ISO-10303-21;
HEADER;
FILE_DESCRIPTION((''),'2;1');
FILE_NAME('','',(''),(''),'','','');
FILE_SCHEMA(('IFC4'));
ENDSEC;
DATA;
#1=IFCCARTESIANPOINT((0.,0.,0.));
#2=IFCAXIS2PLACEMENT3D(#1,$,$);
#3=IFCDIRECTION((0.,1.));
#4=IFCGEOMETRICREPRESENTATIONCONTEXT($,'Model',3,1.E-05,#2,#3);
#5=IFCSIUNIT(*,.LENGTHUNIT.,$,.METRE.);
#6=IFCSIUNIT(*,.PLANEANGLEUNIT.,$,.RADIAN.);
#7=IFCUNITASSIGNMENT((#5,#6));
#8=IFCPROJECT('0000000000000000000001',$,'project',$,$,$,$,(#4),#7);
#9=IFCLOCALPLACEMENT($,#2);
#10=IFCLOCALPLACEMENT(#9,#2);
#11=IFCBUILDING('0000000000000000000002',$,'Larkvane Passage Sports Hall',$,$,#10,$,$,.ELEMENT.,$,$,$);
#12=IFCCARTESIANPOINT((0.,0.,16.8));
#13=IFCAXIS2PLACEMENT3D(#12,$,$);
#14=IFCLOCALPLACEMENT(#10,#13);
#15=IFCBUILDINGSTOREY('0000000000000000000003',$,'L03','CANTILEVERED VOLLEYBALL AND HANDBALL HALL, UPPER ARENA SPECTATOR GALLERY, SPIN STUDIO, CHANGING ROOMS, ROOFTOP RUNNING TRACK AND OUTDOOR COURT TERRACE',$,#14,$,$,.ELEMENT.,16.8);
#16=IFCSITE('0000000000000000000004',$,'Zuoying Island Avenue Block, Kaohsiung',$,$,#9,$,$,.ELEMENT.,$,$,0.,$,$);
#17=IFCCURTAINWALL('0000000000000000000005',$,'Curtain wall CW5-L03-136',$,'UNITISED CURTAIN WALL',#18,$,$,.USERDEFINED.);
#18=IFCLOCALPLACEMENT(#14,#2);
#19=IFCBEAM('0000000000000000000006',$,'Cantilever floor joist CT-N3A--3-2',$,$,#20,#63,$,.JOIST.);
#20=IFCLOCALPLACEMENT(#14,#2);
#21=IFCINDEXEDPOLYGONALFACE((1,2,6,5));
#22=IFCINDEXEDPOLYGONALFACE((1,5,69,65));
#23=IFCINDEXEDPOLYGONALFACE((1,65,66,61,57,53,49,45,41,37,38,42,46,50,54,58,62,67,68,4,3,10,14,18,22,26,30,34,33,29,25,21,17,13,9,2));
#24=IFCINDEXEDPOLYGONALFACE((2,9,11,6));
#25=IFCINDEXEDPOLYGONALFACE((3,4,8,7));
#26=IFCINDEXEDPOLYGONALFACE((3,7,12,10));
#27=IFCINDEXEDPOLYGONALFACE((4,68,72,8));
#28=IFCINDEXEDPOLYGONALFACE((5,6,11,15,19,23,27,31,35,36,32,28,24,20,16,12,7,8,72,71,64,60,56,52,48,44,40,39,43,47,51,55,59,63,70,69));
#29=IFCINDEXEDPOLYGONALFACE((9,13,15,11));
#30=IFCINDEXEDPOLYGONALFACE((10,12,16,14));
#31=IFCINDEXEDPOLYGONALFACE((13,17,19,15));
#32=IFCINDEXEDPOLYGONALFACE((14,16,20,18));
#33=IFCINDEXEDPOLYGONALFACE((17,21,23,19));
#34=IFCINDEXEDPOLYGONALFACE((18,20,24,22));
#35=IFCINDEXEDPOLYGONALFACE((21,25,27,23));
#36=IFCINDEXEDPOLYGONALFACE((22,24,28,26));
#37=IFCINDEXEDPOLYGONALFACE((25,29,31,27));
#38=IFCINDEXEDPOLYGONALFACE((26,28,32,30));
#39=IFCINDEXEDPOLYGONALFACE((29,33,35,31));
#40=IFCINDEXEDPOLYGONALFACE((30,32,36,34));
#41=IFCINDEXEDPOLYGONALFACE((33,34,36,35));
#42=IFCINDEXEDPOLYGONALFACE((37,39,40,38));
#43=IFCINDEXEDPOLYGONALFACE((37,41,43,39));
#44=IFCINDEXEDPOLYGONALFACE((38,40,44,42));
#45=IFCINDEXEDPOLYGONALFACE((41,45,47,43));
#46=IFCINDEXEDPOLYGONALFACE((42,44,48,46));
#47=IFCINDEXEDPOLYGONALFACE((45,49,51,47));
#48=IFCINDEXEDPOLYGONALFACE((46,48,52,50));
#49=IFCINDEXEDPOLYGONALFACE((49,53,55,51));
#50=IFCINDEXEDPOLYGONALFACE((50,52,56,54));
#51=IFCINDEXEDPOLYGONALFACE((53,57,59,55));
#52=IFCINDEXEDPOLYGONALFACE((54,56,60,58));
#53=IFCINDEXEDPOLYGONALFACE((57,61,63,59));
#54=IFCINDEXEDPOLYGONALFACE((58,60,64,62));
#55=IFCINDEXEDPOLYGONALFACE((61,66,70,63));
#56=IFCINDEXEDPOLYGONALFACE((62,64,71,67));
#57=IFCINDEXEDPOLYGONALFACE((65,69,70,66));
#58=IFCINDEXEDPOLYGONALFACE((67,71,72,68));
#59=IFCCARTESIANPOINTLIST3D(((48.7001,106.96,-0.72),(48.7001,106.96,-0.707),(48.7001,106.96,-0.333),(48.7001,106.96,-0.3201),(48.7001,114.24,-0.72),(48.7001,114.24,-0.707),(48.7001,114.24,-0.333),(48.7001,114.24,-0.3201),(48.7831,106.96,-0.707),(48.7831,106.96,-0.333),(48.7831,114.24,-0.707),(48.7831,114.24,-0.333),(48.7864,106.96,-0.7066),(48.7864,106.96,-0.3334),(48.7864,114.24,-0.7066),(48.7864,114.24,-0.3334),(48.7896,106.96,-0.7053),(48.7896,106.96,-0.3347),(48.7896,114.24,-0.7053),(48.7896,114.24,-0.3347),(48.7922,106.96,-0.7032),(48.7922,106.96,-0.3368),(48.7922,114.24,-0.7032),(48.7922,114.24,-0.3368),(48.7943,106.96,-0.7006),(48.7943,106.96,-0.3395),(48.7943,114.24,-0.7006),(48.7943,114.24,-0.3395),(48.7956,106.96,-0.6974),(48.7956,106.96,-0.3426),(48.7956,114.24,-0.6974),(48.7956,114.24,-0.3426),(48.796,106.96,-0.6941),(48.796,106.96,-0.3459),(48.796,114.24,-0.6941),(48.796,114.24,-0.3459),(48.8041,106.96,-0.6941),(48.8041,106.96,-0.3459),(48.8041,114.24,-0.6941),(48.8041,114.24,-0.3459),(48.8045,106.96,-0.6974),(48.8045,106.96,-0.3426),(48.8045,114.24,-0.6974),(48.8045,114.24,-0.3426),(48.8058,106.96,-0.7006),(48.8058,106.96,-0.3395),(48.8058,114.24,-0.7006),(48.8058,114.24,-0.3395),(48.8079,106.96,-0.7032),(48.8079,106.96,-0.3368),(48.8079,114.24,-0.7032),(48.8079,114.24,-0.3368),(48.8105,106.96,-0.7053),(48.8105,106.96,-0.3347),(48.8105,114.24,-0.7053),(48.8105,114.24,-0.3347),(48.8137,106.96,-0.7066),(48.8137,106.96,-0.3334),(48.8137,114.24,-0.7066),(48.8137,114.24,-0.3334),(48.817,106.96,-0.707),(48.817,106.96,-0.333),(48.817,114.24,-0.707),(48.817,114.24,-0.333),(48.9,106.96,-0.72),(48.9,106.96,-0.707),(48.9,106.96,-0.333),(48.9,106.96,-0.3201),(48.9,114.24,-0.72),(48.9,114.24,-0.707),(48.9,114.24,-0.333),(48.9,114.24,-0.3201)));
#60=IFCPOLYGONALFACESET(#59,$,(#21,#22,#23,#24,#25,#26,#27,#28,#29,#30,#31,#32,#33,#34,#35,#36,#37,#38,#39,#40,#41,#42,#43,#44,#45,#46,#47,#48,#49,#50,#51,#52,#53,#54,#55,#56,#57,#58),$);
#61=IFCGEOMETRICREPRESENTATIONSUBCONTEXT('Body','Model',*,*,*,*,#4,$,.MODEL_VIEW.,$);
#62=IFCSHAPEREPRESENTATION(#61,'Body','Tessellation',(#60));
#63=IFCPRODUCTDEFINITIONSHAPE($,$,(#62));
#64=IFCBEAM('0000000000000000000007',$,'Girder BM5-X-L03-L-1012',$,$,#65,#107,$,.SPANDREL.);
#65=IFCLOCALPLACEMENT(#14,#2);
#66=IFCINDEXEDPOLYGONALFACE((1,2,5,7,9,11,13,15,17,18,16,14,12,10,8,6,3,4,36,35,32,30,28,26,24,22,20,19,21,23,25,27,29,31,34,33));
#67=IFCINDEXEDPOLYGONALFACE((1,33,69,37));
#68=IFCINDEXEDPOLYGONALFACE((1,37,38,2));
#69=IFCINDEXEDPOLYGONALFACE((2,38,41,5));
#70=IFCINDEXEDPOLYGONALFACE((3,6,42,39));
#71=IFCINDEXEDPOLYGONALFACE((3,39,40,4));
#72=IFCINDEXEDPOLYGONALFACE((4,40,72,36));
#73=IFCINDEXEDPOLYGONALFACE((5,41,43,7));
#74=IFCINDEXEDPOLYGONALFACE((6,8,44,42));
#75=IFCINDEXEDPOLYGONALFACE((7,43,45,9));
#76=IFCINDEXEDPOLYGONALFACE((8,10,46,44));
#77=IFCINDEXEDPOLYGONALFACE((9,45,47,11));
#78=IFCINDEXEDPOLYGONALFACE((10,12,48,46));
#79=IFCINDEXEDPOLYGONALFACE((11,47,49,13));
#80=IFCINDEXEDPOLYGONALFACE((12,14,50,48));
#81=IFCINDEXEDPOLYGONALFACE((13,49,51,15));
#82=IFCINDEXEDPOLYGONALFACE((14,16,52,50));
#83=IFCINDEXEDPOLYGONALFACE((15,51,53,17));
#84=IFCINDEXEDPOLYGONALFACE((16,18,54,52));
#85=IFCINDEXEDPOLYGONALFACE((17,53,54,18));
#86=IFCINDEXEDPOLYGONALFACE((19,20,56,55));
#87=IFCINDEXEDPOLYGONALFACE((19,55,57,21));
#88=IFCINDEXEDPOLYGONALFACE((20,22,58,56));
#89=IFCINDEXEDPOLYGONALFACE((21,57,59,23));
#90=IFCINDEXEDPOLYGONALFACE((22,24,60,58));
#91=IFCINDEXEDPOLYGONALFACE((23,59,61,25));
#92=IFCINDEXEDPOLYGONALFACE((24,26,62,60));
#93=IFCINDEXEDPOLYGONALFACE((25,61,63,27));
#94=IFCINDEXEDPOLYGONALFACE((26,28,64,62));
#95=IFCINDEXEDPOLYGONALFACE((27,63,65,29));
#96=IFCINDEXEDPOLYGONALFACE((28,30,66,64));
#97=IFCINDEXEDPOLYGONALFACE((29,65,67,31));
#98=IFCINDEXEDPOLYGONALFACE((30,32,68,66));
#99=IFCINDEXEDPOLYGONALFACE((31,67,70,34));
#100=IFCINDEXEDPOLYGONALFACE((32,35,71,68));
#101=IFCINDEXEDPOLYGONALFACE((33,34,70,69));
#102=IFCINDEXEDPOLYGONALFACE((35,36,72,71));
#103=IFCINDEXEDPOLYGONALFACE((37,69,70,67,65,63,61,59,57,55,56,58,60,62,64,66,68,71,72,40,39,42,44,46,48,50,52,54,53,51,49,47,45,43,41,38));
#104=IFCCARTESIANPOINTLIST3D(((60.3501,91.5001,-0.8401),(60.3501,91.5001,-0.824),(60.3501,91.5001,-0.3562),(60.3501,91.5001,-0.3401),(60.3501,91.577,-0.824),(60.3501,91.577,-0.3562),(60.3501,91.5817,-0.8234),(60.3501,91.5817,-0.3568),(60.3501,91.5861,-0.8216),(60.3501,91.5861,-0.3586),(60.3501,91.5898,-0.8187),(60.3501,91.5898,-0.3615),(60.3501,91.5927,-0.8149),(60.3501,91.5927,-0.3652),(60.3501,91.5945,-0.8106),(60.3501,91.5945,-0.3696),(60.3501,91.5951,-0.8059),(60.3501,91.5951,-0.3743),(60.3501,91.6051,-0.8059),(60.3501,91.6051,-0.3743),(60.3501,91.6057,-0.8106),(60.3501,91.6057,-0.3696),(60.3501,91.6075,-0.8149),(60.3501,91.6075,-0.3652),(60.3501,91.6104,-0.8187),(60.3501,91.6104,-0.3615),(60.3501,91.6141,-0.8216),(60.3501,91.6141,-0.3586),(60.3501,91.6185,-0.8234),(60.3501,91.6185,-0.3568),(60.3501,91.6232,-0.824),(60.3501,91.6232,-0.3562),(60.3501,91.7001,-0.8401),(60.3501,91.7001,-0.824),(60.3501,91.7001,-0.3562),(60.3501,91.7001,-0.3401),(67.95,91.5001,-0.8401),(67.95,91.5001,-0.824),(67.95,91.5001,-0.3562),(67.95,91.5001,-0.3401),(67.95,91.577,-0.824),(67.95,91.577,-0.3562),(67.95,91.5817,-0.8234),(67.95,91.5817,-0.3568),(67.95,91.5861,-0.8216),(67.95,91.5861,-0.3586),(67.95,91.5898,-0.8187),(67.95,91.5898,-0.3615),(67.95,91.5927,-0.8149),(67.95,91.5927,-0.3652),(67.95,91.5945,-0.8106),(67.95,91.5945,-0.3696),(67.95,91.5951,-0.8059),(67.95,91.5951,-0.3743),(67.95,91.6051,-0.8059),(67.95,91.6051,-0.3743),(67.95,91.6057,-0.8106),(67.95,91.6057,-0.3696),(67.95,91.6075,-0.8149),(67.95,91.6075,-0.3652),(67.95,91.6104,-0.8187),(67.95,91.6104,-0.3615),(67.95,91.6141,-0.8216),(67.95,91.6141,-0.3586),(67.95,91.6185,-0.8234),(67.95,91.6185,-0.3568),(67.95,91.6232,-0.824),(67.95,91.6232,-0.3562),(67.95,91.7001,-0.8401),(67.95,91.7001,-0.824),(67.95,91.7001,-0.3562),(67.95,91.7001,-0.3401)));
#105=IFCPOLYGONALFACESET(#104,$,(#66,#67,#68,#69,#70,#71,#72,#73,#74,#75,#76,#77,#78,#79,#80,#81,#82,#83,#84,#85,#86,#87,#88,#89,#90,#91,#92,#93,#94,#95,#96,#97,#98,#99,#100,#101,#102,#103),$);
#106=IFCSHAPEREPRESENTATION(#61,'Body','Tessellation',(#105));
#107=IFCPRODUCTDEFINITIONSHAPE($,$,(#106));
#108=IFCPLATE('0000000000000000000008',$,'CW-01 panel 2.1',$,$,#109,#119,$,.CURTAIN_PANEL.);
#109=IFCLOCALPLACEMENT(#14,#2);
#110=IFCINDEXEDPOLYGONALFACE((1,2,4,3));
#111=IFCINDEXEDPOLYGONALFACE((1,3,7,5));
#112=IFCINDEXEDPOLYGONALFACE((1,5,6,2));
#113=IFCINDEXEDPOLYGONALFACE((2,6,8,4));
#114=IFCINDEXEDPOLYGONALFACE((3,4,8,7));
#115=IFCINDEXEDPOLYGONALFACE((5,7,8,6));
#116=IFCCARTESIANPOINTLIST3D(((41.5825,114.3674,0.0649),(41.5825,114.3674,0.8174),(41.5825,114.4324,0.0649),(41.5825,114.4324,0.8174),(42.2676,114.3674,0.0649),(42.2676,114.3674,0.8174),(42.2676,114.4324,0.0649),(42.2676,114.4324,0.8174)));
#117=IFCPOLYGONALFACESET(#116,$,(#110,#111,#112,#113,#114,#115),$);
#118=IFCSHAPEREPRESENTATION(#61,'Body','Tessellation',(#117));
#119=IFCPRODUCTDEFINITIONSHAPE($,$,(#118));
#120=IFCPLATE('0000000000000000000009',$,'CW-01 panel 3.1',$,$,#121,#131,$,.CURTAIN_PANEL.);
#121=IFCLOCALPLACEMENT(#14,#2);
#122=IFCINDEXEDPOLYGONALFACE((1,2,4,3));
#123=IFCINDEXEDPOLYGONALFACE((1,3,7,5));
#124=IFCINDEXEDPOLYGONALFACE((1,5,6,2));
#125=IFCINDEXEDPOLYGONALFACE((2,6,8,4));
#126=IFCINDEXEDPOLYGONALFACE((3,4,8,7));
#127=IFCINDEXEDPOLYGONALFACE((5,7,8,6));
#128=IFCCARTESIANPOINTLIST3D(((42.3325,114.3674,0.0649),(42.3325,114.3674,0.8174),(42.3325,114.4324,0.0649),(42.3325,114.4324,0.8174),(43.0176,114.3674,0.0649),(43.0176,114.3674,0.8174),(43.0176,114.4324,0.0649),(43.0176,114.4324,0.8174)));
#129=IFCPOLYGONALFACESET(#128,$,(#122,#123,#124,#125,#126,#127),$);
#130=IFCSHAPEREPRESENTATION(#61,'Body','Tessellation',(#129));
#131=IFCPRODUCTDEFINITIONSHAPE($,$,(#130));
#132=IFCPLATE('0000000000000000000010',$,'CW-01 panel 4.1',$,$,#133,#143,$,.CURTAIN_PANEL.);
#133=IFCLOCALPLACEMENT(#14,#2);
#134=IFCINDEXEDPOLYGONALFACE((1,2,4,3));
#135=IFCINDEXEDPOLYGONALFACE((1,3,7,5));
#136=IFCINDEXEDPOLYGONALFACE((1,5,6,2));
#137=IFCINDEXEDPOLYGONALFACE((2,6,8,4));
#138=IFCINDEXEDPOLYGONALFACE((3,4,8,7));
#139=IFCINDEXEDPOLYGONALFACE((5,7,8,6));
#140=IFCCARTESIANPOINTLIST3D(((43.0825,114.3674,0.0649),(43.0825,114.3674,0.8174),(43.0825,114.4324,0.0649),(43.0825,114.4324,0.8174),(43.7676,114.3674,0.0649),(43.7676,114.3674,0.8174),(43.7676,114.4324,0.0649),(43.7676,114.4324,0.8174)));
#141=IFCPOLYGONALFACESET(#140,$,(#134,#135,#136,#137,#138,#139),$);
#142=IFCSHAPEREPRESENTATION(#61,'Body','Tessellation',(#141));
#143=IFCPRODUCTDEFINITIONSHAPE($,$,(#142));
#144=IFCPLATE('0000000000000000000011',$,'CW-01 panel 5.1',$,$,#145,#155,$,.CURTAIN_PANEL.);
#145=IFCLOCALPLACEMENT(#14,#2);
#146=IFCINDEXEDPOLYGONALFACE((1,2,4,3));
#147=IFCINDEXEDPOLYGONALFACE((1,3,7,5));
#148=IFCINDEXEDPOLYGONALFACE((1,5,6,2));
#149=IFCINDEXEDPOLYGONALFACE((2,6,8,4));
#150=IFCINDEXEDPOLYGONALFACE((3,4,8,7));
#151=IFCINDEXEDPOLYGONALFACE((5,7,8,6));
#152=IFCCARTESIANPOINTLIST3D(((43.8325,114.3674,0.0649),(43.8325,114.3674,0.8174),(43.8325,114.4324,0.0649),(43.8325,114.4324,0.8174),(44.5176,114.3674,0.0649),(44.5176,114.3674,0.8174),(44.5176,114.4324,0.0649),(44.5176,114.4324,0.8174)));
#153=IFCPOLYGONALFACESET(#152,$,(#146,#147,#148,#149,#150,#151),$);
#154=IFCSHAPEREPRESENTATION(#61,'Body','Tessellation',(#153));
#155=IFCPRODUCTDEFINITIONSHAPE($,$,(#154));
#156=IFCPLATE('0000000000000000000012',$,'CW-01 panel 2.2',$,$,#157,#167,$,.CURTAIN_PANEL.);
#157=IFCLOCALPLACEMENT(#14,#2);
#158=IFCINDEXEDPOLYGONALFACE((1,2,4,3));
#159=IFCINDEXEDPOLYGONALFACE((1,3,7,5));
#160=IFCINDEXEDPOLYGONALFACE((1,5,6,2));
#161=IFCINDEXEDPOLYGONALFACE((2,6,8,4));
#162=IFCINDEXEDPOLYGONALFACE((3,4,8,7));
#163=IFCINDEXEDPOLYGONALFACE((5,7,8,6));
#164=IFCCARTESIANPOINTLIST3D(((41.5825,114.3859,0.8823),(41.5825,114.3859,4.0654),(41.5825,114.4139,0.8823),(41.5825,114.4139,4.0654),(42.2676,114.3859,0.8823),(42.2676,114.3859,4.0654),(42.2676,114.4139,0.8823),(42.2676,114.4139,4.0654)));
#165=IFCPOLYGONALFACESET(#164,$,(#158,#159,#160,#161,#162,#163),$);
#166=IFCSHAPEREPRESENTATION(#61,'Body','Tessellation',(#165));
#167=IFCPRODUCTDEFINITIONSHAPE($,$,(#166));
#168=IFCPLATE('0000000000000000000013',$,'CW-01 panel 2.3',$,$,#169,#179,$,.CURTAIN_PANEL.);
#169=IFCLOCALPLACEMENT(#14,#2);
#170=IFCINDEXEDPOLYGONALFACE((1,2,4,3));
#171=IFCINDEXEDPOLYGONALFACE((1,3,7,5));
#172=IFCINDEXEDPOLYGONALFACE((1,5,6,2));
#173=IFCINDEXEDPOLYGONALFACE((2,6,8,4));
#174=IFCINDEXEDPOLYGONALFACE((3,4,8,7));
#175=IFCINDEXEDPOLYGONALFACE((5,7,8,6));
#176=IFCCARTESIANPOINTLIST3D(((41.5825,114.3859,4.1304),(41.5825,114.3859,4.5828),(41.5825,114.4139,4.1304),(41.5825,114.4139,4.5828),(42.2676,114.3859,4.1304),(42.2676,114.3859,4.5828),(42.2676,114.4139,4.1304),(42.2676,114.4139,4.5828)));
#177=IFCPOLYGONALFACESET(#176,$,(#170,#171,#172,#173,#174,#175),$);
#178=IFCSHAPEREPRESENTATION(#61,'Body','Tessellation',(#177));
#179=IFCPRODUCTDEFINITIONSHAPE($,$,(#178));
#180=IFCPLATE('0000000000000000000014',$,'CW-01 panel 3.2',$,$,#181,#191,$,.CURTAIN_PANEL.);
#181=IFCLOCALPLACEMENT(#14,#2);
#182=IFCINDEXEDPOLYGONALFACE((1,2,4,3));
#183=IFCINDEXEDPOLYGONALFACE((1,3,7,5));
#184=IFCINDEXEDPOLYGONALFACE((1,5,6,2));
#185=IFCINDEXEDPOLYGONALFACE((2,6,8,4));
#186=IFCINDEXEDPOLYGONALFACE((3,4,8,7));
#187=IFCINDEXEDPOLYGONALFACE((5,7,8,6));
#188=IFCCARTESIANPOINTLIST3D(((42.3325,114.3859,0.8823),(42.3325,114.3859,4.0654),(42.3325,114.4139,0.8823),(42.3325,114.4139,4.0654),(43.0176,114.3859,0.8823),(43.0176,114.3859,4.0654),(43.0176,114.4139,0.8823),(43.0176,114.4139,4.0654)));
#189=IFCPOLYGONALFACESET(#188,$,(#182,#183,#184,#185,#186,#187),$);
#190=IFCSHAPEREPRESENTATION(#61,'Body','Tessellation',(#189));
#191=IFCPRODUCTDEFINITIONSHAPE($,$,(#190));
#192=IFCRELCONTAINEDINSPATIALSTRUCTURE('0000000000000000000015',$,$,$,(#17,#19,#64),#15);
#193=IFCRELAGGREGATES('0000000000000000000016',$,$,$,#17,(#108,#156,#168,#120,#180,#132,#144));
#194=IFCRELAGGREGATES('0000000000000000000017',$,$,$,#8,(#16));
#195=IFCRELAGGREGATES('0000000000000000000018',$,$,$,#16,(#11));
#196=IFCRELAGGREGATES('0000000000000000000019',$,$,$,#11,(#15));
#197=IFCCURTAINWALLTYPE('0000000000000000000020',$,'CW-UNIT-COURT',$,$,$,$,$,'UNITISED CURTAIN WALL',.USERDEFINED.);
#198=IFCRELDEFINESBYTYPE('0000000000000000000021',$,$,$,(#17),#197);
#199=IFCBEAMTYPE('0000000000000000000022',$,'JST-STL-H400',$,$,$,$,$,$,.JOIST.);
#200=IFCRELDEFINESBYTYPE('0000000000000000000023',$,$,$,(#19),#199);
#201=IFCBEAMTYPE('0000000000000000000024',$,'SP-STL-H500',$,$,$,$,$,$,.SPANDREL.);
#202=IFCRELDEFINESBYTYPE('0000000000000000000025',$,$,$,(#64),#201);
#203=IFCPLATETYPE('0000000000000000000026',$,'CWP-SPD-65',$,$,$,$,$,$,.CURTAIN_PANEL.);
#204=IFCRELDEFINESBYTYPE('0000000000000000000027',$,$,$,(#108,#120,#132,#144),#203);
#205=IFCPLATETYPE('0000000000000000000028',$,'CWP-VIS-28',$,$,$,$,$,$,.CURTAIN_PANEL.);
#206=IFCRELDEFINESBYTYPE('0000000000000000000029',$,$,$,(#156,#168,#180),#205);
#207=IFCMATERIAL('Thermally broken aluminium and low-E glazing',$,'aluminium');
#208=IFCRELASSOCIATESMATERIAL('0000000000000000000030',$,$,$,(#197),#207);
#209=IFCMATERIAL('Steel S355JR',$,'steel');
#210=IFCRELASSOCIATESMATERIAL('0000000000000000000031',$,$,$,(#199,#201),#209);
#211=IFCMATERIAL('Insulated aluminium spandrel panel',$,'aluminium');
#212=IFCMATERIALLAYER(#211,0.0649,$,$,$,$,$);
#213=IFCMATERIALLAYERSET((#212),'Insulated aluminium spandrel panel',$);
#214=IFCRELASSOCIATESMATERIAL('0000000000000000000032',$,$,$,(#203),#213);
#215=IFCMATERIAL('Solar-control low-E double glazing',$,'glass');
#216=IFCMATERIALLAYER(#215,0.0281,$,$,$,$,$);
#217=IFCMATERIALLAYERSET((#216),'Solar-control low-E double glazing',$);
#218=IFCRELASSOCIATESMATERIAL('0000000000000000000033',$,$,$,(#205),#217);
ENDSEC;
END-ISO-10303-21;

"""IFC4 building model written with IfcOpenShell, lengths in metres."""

from ifc_helpers import new_model, si_unit, direction, frame, origin, origin_2d, place, context, subcontext, project, spatial, rectangle, i_section, extrude, material, layer, layer_set, material_profile, profile_set, type_object, element, aggregate, save


model = new_model("IFC4")

# Units and contexts
model_context = context("Model", 3, precision=1e-05, world=origin(), true_north=direction((0.0, 1.0)))
body_context = subcontext(model_context, "Body", "Model", "MODEL_VIEW")
ifc_project = project(units=[si_unit("LENGTHUNIT", "METRE"), si_unit("PLANEANGLEUNIT", "RADIAN")], contexts=[model_context])

# Site, building, storey
site_placement = place(None, origin())
site = spatial("IfcSite", under=ifc_project, at=site_placement, Name="Zuoying Island Avenue Block, Kaohsiung", CompositionType="ELEMENT", RefElevation=0.0)
building_placement = place(site_placement, origin())
building = spatial("IfcBuilding", under=site, at=building_placement, Name="Larkvane Passage Sports Hall", CompositionType="ELEMENT")
storey_placement = place(building_placement, frame((0.0, 0.0, 16.8)))
storey = spatial("IfcBuildingStorey", under=building, at=storey_placement, Name="L03", Description="CANTILEVERED VOLLEYBALL AND HANDBALL HALL, UPPER ARENA SPECTATOR GALLERY, SPIN STUDIO, CHANGING ROOMS, ROOFTOP RUNNING TRACK AND OUTDOOR COURT TERRACE", CompositionType="ELEMENT", Elevation=16.8)

# Curtain wall
ifc_material_1 = material(Name="Thermally broken aluminium and low-E glazing", Category="aluminium")
curtain_wall_type = type_object("IfcCurtainWallType", Name="CW-UNIT-COURT", ElementType="UNITISED CURTAIN WALL", PredefinedType="USERDEFINED", material=ifc_material_1)
curtain_wall_placement = place(storey_placement, origin())
curtain_wall = element("IfcCurtainWall", 1, at=curtain_wall_placement, inside=storey, type_object=curtain_wall_type, Name="Curtain wall CW5-L03-136", ObjectType="UNITISED CURTAIN WALL", PredefinedType="USERDEFINED")

# Beams
ifc_material_2 = material(Name="Steel S355JR", Category="steel")
ifc_material_profile_1 = material_profile(ifc_material_2, i_section(OverallWidth=0.2, OverallDepth=0.3999, WebThickness=0.0081, FlangeThickness=0.0129, FilletRadius=0.0129, at=origin_2d()), Name="H-400x200x8x13")
ifc_profile_set_1 = profile_set([ifc_material_profile_1], Name="Steel S355JR")
beam_type_1 = type_object("IfcBeamType", Name="JST-STL-H400", PredefinedType="JOIST", material=ifc_profile_set_1)
beam_1_placement = place(storey_placement, frame((48.8, 106.96, -0.52), z_axis=(0.0, 1.0, 0.0), x_axis=(-1.0, 0.0, 0.0)))
element("IfcBeam", 2, at=beam_1_placement, inside=storey, type_object=beam_type_1, Name="Cantilever floor joist CT-N3A--3-2", PredefinedType="JOIST", context=body_context, shape_type="SweptSolid", body=[
    extrude(i_section(OverallWidth=0.2, OverallDepth=0.3999, WebThickness=0.0081, FlangeThickness=0.0129, FilletRadius=0.0129, at=origin_2d()), origin(), (0.0, 0.0, 1.0), 7.28),
])
ifc_material_profile_2 = material_profile(ifc_material_2, i_section(OverallWidth=0.2, OverallDepth=0.5, WebThickness=0.01, FlangeThickness=0.0161, FilletRadius=0.0181, at=origin_2d()), Name="H-500x200x10x16")
ifc_profile_set_2 = profile_set([ifc_material_profile_2], Name="Steel S355JR")
beam_type_2 = type_object("IfcBeamType", Name="SP-STL-H500", PredefinedType="SPANDREL", material=ifc_profile_set_2)
beam_2_placement = place(storey_placement, frame((60.3501, 91.6001, -0.5901), z_axis=(1.0, 0.0, 0.0), x_axis=(0.0, 1.0, 0.0)))
element("IfcBeam", 3, at=beam_2_placement, inside=storey, type_object=beam_type_2, Name="Girder BM5-X-L03-L-1012", PredefinedType="SPANDREL", context=body_context, shape_type="SweptSolid", body=[
    extrude(i_section(OverallWidth=0.2, OverallDepth=0.5, WebThickness=0.01, FlangeThickness=0.0161, FilletRadius=0.0181, at=origin_2d()), origin(), (0.0, 0.0, 1.0), 7.5999),
])

# Plates
ifc_material_3 = material(Name="Insulated aluminium spandrel panel", Category="aluminium")
ifc_layer_1 = layer(ifc_material_3, 0.0649)
ifc_layer_set_1 = layer_set([ifc_layer_1], Name="Insulated aluminium spandrel panel")
plate_type_1 = type_object("IfcPlateType", Name="CWP-SPD-65", PredefinedType="CURTAIN_PANEL", material=ifc_layer_set_1)
plate_1_placement = place(storey_placement, frame((41.925, 114.3999, 0.0649), z_axis=(0.0, 0.0, 1.0), x_axis=(1.0, 0.0, 0.0)))
plate_1 = element("IfcPlate", 4, at=plate_1_placement, type_object=plate_type_1, Name="CW-01 panel 2.1", PredefinedType="CURTAIN_PANEL", context=body_context, shape_type="SweptSolid", body=[
    extrude(rectangle(XDim=0.6851, YDim=0.0649, at=origin_2d()), origin(), (0.0, 0.0, 1.0), 0.7524),
])
plate_2_placement = place(storey_placement, frame((42.675, 114.3999, 0.0649), z_axis=(0.0, 0.0, 1.0), x_axis=(1.0, 0.0, 0.0)))
plate_2 = element("IfcPlate", 5, at=plate_2_placement, type_object=plate_type_1, Name="CW-01 panel 3.1", PredefinedType="CURTAIN_PANEL", context=body_context, shape_type="SweptSolid", body=[
    extrude(rectangle(XDim=0.6851, YDim=0.0649, at=origin_2d()), origin(), (0.0, 0.0, 1.0), 0.7524),
])
plate_3_placement = place(storey_placement, frame((43.425, 114.3999, 0.0649), z_axis=(0.0, 0.0, 1.0), x_axis=(1.0, 0.0, 0.0)))
plate_3 = element("IfcPlate", 6, at=plate_3_placement, type_object=plate_type_1, Name="CW-01 panel 4.1", PredefinedType="CURTAIN_PANEL", context=body_context, shape_type="SweptSolid", body=[
    extrude(rectangle(XDim=0.6851, YDim=0.0649, at=origin_2d()), origin(), (0.0, 0.0, 1.0), 0.7524),
])
plate_4_placement = place(storey_placement, frame((44.175, 114.3999, 0.0649), z_axis=(0.0, 0.0, 1.0), x_axis=(1.0, 0.0, 0.0)))
plate_4 = element("IfcPlate", 7, at=plate_4_placement, type_object=plate_type_1, Name="CW-01 panel 5.1", PredefinedType="CURTAIN_PANEL", context=body_context, shape_type="SweptSolid", body=[
    extrude(rectangle(XDim=0.6851, YDim=0.0649, at=origin_2d()), origin(), (0.0, 0.0, 1.0), 0.7524),
])
ifc_material_4 = material(Name="Solar-control low-E double glazing", Category="glass")
ifc_layer_2 = layer(ifc_material_4, 0.0281)
ifc_layer_set_2 = layer_set([ifc_layer_2], Name="Solar-control low-E double glazing")
plate_type_2 = type_object("IfcPlateType", Name="CWP-VIS-28", PredefinedType="CURTAIN_PANEL", material=ifc_layer_set_2)
plate_5_placement = place(storey_placement, frame((41.925, 114.3999, 0.8823), z_axis=(0.0, 0.0, 1.0), x_axis=(1.0, 0.0, 0.0)))
plate_5 = element("IfcPlate", 8, at=plate_5_placement, type_object=plate_type_2, Name="CW-01 panel 2.2", PredefinedType="CURTAIN_PANEL", context=body_context, shape_type="SweptSolid", body=[
    extrude(rectangle(XDim=0.6851, YDim=0.0281, at=origin_2d()), origin(), (0.0, 0.0, 1.0), 3.1831),
])
plate_6_placement = place(storey_placement, frame((41.925, 114.3999, 4.1304), z_axis=(0.0, 0.0, 1.0), x_axis=(1.0, 0.0, 0.0)))
plate_6 = element("IfcPlate", 9, at=plate_6_placement, type_object=plate_type_2, Name="CW-01 panel 2.3", PredefinedType="CURTAIN_PANEL", context=body_context, shape_type="SweptSolid", body=[
    extrude(rectangle(XDim=0.6851, YDim=0.0281, at=origin_2d()), origin(), (0.0, 0.0, 1.0), 0.4524),
])
plate_7_placement = place(storey_placement, frame((42.675, 114.3999, 0.8823), z_axis=(0.0, 0.0, 1.0), x_axis=(1.0, 0.0, 0.0)))
plate_7 = element("IfcPlate", 10, at=plate_7_placement, type_object=plate_type_2, Name="CW-01 panel 3.2", PredefinedType="CURTAIN_PANEL", context=body_context, shape_type="SweptSolid", body=[
    extrude(rectangle(XDim=0.6851, YDim=0.0281, at=origin_2d()), origin(), (0.0, 0.0, 1.0), 3.1831),
])
aggregate(curtain_wall, [plate_1, plate_5, plate_6, plate_2, plate_7, plate_3, plate_4])

save(model, "model.ifc")
